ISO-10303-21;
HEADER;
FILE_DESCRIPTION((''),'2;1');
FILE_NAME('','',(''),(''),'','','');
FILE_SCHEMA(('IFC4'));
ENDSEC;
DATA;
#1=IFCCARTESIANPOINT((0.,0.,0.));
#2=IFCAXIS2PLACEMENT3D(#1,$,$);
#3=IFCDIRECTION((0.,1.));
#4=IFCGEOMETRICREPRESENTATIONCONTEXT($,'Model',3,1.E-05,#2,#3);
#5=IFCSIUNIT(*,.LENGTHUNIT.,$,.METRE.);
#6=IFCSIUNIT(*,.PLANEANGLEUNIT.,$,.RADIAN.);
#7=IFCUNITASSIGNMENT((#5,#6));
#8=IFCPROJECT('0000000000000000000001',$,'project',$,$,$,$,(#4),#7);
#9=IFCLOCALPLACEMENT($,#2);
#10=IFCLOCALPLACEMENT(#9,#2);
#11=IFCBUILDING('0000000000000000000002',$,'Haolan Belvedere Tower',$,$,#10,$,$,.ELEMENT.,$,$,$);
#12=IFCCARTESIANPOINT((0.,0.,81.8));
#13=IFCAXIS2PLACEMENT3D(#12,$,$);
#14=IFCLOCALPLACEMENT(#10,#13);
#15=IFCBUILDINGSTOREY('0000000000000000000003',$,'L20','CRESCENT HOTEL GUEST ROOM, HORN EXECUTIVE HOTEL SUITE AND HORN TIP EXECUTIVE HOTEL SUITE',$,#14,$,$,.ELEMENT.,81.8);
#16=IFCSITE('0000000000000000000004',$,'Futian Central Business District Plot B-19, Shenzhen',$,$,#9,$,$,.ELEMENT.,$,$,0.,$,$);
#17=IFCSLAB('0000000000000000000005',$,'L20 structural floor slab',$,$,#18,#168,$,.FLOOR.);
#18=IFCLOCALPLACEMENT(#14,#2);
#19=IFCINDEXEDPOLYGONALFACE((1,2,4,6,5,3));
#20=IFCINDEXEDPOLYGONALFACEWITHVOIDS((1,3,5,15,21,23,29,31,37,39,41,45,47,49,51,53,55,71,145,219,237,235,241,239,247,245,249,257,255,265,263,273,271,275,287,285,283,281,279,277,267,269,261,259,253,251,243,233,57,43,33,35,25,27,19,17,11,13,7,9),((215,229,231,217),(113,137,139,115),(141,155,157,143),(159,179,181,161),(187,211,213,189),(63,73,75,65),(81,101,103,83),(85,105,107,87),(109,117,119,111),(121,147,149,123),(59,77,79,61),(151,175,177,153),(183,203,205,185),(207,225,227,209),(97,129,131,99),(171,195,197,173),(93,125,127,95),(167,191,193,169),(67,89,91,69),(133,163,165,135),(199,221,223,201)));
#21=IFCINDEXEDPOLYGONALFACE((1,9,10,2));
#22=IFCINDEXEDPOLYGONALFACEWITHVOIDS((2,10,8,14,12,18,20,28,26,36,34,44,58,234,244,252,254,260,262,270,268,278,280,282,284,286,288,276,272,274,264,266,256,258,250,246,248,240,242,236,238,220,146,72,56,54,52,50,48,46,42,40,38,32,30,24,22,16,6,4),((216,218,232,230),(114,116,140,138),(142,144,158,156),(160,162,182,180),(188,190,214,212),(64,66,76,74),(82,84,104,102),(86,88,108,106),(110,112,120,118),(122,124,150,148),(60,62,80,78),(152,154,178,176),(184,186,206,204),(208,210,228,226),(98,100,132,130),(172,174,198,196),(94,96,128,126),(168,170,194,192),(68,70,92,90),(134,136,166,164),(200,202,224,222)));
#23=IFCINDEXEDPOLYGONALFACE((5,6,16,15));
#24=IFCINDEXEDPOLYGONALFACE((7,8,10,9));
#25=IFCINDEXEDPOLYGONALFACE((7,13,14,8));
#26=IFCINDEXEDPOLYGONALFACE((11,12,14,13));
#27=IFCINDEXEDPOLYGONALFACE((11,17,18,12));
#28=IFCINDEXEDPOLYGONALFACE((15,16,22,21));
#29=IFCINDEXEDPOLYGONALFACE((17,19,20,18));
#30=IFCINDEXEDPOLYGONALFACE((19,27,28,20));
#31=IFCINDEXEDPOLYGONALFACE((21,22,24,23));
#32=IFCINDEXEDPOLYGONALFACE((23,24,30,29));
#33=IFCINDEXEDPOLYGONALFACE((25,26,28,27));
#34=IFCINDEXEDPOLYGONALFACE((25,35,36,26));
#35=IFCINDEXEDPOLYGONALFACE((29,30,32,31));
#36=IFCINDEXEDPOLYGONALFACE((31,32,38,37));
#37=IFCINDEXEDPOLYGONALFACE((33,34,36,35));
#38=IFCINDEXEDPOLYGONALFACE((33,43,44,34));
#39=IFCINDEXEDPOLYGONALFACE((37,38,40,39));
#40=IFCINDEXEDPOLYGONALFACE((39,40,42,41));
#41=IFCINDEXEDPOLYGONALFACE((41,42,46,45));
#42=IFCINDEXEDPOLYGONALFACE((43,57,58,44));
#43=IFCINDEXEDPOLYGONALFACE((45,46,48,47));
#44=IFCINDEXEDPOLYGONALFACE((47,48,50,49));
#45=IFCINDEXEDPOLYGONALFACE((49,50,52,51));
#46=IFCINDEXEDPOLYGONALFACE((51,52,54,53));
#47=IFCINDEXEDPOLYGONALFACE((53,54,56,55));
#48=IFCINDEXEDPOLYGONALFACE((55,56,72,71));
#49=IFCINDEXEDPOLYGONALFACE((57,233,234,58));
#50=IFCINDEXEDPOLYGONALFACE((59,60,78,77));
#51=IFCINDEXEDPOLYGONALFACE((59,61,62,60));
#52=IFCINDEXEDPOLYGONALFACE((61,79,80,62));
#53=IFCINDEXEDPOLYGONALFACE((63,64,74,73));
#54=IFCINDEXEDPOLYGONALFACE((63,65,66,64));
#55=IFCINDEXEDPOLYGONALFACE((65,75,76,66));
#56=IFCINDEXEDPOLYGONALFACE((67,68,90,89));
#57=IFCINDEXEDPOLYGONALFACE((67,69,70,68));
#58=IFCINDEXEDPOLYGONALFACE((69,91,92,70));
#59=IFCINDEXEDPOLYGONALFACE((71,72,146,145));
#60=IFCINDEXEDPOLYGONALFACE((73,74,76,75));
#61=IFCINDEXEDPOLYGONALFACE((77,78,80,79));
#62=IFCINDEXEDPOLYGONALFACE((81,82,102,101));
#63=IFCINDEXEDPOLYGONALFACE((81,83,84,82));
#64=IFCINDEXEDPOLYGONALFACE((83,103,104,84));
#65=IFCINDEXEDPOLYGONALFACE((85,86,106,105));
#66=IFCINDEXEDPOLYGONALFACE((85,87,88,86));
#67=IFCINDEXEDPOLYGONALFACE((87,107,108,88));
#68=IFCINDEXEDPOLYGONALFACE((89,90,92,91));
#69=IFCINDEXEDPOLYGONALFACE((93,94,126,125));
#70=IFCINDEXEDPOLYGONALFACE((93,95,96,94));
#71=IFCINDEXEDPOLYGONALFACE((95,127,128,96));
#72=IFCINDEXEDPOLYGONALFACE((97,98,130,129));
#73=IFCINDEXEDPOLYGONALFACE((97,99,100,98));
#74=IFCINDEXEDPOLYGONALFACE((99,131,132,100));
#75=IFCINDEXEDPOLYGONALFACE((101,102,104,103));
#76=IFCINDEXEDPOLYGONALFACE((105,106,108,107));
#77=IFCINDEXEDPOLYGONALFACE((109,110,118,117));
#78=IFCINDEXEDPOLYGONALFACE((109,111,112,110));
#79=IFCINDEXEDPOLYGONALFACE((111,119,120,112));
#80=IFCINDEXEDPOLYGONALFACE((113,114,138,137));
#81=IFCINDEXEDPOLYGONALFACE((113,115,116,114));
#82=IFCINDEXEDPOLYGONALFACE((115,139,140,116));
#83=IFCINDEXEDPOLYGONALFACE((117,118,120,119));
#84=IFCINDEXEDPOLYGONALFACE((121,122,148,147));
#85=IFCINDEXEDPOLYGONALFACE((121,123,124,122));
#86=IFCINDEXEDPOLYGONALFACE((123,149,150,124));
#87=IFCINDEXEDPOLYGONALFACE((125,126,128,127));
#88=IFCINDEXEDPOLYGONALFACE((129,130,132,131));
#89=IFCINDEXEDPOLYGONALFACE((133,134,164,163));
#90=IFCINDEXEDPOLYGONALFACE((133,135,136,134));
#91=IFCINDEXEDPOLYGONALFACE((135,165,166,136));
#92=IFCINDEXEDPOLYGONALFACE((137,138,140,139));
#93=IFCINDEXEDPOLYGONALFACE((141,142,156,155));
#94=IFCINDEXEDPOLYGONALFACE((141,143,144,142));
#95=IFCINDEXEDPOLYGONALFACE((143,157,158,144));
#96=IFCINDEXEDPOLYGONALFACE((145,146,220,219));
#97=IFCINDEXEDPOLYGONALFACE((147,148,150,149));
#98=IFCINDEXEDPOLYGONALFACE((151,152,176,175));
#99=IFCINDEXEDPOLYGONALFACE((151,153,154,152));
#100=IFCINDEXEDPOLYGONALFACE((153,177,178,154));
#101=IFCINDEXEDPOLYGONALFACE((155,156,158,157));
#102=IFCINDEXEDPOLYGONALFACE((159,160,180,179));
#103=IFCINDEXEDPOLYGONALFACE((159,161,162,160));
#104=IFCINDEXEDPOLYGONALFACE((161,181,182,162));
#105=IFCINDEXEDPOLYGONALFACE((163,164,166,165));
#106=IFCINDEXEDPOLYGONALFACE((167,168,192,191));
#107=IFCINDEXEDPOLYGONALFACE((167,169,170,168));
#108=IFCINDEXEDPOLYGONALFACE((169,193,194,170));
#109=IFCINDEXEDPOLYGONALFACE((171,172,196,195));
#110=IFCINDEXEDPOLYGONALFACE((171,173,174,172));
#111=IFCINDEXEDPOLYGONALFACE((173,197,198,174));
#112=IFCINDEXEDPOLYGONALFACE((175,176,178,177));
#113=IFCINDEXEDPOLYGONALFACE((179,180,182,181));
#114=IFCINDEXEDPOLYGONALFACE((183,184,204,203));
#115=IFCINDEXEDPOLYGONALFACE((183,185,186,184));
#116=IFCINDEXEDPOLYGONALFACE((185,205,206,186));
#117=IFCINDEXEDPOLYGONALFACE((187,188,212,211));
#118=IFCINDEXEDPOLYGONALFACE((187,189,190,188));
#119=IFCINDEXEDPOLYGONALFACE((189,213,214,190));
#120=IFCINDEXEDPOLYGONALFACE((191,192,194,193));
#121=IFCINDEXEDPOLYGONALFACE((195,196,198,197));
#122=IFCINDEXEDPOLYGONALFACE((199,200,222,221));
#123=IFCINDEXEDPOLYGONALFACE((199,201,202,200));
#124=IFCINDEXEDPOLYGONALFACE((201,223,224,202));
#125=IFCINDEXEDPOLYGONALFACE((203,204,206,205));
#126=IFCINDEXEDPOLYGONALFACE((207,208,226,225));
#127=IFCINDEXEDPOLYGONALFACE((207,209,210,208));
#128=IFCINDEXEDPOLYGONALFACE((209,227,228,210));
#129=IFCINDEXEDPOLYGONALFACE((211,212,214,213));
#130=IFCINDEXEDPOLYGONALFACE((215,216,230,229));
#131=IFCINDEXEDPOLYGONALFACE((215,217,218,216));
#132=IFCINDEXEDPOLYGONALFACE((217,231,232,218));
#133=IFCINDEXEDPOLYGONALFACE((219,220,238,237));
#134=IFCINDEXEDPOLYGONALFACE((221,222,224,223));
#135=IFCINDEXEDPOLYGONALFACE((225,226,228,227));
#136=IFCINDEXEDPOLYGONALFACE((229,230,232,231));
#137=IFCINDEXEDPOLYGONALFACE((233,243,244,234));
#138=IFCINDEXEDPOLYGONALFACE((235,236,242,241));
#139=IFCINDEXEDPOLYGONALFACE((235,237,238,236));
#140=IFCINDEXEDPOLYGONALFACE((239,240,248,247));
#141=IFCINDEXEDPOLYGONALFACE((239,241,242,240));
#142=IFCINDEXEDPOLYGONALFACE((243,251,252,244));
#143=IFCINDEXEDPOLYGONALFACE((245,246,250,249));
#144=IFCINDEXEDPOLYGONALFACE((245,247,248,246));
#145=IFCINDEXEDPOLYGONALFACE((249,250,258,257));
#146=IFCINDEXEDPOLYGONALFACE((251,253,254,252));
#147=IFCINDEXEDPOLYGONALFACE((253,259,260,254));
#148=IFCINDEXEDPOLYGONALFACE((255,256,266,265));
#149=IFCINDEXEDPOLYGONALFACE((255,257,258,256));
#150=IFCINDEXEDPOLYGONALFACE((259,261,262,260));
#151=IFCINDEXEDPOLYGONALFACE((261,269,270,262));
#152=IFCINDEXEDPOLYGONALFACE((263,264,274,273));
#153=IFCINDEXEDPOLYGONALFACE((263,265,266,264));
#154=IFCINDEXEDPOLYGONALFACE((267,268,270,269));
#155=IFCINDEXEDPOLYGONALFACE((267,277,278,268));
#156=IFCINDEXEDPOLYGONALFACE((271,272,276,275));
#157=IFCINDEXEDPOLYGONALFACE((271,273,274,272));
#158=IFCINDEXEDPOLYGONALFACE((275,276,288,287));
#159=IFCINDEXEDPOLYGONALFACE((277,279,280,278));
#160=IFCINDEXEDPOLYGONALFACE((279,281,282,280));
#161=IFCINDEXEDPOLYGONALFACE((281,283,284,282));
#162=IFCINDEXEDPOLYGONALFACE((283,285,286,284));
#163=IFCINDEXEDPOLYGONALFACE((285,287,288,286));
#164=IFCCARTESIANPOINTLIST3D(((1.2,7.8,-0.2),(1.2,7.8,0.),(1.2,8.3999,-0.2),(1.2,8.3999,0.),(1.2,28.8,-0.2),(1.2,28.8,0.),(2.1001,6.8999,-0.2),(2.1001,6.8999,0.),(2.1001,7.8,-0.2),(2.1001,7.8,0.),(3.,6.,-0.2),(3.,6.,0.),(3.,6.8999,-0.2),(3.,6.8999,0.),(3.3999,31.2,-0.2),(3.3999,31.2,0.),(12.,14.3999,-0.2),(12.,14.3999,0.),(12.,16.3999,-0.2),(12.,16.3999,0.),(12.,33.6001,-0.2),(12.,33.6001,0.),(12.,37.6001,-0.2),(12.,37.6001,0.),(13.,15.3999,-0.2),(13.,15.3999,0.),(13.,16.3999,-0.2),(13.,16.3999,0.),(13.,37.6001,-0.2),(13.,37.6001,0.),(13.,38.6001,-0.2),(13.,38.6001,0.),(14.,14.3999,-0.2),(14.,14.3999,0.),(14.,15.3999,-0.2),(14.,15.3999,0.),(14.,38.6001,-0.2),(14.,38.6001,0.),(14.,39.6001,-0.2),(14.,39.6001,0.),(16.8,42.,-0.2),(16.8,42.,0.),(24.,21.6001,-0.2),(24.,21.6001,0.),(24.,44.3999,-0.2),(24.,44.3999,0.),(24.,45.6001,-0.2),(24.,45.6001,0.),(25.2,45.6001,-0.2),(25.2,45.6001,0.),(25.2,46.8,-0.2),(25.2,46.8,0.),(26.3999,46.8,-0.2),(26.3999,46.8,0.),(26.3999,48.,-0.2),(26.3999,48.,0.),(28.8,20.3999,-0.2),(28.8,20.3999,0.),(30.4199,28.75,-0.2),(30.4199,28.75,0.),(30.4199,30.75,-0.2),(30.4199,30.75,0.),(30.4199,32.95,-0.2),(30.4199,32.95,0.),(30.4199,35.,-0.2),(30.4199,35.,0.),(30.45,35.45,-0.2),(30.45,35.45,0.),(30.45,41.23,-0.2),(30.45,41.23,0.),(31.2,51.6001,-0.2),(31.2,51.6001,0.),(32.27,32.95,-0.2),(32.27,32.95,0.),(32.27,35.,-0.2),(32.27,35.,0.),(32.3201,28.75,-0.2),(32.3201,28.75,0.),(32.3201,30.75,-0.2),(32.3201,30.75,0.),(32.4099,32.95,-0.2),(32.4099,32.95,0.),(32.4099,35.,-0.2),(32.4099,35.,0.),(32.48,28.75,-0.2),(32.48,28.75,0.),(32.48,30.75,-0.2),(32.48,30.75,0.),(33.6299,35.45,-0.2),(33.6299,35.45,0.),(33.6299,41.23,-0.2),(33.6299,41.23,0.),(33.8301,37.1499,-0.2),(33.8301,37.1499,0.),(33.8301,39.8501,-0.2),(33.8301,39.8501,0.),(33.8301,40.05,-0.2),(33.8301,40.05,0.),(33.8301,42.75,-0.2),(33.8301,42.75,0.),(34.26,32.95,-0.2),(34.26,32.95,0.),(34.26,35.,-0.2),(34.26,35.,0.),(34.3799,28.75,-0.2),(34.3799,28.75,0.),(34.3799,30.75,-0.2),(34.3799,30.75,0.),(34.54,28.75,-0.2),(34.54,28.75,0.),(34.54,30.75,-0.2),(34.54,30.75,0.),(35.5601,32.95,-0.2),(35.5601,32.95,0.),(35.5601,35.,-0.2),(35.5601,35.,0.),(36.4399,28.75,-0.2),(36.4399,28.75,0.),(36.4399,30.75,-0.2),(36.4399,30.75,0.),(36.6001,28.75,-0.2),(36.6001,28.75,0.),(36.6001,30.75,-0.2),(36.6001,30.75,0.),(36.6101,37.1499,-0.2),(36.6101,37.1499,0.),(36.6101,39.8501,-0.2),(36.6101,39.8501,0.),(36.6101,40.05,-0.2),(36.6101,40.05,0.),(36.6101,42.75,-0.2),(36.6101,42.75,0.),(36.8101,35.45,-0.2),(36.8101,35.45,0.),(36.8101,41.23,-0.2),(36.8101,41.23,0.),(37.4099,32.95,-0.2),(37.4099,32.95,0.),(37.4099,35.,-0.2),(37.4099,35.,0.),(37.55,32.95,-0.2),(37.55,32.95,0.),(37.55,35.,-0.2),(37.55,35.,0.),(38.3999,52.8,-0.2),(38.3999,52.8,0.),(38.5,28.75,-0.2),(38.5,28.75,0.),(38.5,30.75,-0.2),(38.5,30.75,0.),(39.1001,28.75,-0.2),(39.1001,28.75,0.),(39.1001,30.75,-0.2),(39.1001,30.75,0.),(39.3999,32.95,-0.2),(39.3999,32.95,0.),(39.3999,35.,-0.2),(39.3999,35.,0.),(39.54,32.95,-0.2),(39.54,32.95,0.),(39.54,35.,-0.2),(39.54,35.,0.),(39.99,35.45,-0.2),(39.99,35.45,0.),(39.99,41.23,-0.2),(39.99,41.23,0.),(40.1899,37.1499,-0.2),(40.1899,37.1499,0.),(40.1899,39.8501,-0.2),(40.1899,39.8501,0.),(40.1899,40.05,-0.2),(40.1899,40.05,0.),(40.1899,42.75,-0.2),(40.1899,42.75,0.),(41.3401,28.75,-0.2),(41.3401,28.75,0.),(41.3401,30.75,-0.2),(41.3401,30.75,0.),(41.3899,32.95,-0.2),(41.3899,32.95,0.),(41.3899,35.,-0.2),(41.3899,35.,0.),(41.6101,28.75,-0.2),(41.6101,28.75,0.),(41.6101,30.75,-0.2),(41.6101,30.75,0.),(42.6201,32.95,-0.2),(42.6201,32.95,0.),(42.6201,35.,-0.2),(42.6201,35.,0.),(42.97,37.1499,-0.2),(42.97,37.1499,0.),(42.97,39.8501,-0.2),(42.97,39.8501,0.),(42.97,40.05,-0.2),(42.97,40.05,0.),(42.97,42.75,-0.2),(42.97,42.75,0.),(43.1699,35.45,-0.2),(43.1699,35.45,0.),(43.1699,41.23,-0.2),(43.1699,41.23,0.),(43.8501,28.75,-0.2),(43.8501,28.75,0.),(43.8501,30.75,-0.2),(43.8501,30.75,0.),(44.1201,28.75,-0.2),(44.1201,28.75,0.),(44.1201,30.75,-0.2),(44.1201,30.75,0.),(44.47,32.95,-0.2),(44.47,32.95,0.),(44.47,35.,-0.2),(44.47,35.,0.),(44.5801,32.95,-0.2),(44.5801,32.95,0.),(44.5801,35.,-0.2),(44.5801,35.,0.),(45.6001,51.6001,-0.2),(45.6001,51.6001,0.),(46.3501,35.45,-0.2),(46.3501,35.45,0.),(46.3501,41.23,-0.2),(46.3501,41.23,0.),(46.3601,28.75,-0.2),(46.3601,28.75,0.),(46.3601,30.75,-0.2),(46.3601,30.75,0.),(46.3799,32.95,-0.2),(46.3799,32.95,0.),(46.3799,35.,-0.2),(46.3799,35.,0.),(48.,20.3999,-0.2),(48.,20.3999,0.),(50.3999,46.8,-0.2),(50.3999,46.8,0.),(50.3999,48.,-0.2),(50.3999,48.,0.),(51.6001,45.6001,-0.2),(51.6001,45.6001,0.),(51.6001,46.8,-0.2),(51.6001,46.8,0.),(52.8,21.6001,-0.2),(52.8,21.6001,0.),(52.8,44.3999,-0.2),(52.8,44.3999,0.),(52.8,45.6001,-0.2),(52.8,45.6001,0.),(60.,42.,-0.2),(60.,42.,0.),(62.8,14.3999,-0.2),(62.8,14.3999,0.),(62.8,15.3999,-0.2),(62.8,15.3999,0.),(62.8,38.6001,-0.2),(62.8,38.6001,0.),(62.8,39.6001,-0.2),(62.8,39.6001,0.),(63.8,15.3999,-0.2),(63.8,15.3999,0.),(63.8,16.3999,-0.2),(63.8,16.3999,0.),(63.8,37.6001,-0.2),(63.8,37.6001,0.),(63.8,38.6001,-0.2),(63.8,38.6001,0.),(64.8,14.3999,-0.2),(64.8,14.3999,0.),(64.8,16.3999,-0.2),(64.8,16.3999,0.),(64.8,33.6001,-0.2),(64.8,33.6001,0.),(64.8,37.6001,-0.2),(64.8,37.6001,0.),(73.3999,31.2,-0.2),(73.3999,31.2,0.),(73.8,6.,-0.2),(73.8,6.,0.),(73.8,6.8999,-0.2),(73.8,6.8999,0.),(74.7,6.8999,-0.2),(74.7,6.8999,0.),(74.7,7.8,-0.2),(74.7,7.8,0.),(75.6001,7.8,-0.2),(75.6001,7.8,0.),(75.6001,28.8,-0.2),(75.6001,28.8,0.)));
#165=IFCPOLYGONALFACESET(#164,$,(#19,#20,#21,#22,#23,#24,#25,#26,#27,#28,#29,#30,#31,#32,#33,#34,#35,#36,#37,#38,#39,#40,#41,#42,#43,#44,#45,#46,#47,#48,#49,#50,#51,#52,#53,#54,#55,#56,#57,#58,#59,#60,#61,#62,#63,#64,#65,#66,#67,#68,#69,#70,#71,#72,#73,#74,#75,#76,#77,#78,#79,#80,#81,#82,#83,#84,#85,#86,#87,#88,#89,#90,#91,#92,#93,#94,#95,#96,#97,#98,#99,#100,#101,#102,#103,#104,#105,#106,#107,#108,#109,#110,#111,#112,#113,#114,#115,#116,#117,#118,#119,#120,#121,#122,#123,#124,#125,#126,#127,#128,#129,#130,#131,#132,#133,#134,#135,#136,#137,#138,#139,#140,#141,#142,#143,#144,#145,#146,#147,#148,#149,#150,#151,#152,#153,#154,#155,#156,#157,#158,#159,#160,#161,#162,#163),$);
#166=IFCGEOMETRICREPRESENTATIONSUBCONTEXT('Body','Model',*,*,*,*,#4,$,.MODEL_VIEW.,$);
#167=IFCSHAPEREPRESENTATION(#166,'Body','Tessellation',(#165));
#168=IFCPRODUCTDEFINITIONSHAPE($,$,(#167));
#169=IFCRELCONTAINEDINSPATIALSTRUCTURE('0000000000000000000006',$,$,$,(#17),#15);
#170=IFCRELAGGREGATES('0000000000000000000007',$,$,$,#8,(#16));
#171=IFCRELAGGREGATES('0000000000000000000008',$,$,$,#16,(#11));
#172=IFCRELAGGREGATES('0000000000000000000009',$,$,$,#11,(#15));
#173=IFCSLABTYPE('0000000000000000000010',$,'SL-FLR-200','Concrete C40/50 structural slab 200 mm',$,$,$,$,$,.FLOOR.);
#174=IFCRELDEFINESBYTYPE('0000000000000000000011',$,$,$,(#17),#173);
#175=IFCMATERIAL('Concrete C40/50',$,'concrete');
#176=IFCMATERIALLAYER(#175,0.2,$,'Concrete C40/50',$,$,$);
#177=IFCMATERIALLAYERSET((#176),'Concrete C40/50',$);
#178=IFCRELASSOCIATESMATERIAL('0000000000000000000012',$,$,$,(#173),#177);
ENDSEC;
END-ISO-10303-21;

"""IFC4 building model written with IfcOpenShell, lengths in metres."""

from ifc_helpers import new_model, si_unit, direction, frame, origin, place, context, subcontext, project, spatial, polyline, outline, extrude, material, layer, layer_set, type_object, element, save


model = new_model("IFC4")

# Units and contexts
model_context = context("Model", 3, precision=1e-05, world=origin(), true_north=direction((0.0, 1.0)))
body_context = subcontext(model_context, "Body", "Model", "MODEL_VIEW")
ifc_project = project(units=[si_unit("LENGTHUNIT", "METRE"), si_unit("PLANEANGLEUNIT", "RADIAN")], contexts=[model_context])

# Site, building, storey
site_placement = place(None, origin())
site = spatial("IfcSite", under=ifc_project, at=site_placement, Name="Futian Central Business District Plot B-19, Shenzhen", CompositionType="ELEMENT", RefElevation=0.0)
building_placement = place(site_placement, origin())
building = spatial("IfcBuilding", under=site, at=building_placement, Name="Haolan Belvedere Tower", CompositionType="ELEMENT")
storey_placement = place(building_placement, frame((0.0, 0.0, 81.8)))
storey = spatial("IfcBuildingStorey", under=building, at=storey_placement, Name="L20", Description="CRESCENT HOTEL GUEST ROOM, HORN EXECUTIVE HOTEL SUITE AND HORN TIP EXECUTIVE HOTEL SUITE", CompositionType="ELEMENT", Elevation=81.8)

# Slab
ifc_material_1 = material(Name="Concrete C40/50", Category="concrete")
ifc_layer_1 = layer(ifc_material_1, 0.2, Name="Concrete C40/50")
ifc_layer_set_1 = layer_set([ifc_layer_1], Name="Concrete C40/50")
slab_type_1 = type_object("IfcSlabType", Name="SL-FLR-200", Description="Concrete C40/50 structural slab 200 mm", PredefinedType="FLOOR", material=ifc_layer_set_1)
slab_1_placement = place(storey_placement, frame((0.0, 0.0, -0.2)))
element("IfcSlab", 1, at=slab_1_placement, inside=storey, type_object=slab_type_1, Name="L20 structural floor slab", PredefinedType="FLOOR", context=body_context, shape_type="SweptSolid", body=[
    extrude(outline(polyline([(1.2, 28.8), (1.2, 8.3999), (1.2, 7.8), (2.1001, 7.8), (2.1001, 6.8999), (3.0, 6.8999), (3.0, 6.0), (12.0, 14.3999), (12.0, 16.3999), (13.0, 16.3999), (13.0, 15.3999), (14.0, 15.3999), (14.0, 14.3999), (24.0, 21.6001), (28.8, 20.3999), (48.0, 20.3999), (52.8, 21.6001), (62.8, 14.3999), (62.8, 15.3999), (63.8, 15.3999), (63.8, 16.3999), (64.8, 16.3999), (64.8, 14.3999), (73.8, 6.0), (73.8, 6.8999), (74.7, 6.8999), (74.7, 7.8), (75.6001, 7.8), (75.6001, 28.8), (73.3999, 31.2), (64.8, 33.6001), (64.8, 37.6001), (63.8, 37.6001), (63.8, 38.6001), (62.8, 38.6001), (62.8, 39.6001), (60.0, 42.0), (52.8, 44.3999), (52.8, 45.6001), (51.6001, 45.6001), (51.6001, 46.8), (50.3999, 46.8), (50.3999, 48.0), (45.6001, 51.6001), (38.3999, 52.8), (31.2, 51.6001), (26.3999, 48.0), (26.3999, 46.8), (25.2, 46.8), (25.2, 45.6001), (24.0, 45.6001), (24.0, 44.3999), (16.8, 42.0), (14.0, 39.6001), (14.0, 38.6001), (13.0, 38.6001), (13.0, 37.6001), (12.0, 37.6001), (12.0, 33.6001), (3.3999, 31.2), (1.2, 28.8)]), holes=[polyline([(30.45, 41.23), (30.45, 35.45), (33.6299, 35.45), (33.6299, 41.23), (30.45, 41.23)]), polyline([(36.8101, 41.23), (36.8101, 35.45), (39.99, 35.45), (39.99, 41.23), (36.8101, 41.23)]), polyline([(43.1699, 41.23), (43.1699, 35.45), (46.3501, 35.45), (46.3501, 41.23), (43.1699, 41.23)]), polyline([(33.8301, 40.05), (36.6101, 40.05), (36.6101, 42.75), (33.8301, 42.75), (33.8301, 40.05)]), polyline([(33.8301, 37.1499), (36.6101, 37.1499), (36.6101, 39.8501), (33.8301, 39.8501), (33.8301, 37.1499)]), polyline([(40.1899, 40.05), (42.97, 40.05), (42.97, 42.75), (40.1899, 42.75), (40.1899, 40.05)]), polyline([(40.1899, 37.1499), (42.97, 37.1499), (42.97, 39.8501), (40.1899, 39.8501), (40.1899, 37.1499)]), polyline([(30.4199, 32.95), (32.27, 32.95), (32.27, 35.0), (30.4199, 35.0), (30.4199, 32.95)]), polyline([(32.4099, 32.95), (34.26, 32.95), (34.26, 35.0), (32.4099, 35.0), (32.4099, 32.95)]), polyline([(35.5601, 32.95), (37.4099, 32.95), (37.4099, 35.0), (35.5601, 35.0), (35.5601, 32.95)]), polyline([(37.55, 32.95), (39.3999, 32.95), (39.3999, 35.0), (37.55, 35.0), (37.55, 32.95)]), polyline([(39.54, 32.95), (41.3899, 32.95), (41.3899, 35.0), (39.54, 35.0), (39.54, 32.95)]), polyline([(42.6201, 32.95), (44.47, 32.95), (44.47, 35.0), (42.6201, 35.0), (42.6201, 32.95)]), polyline([(44.5801, 32.95), (46.3799, 32.95), (46.3799, 35.0), (44.5801, 35.0), (44.5801, 32.95)]), polyline([(30.4199, 28.75), (32.3201, 28.75), (32.3201, 30.75), (30.4199, 30.75), (30.4199, 28.75)]), polyline([(32.48, 28.75), (34.3799, 28.75), (34.3799, 30.75), (32.48, 30.75), (32.48, 28.75)]), polyline([(34.54, 28.75), (36.4399, 28.75), (36.4399, 30.75), (34.54, 30.75), (34.54, 28.75)]), polyline([(36.6001, 28.75), (38.5, 28.75), (38.5, 30.75), (36.6001, 30.75), (36.6001, 28.75)]), polyline([(39.1001, 28.75), (41.3401, 28.75), (41.3401, 30.75), (39.1001, 30.75), (39.1001, 28.75)]), polyline([(41.6101, 28.75), (43.8501, 28.75), (43.8501, 30.75), (41.6101, 30.75), (41.6101, 28.75)]), polyline([(44.1201, 28.75), (46.3601, 28.75), (46.3601, 30.75), (44.1201, 30.75), (44.1201, 28.75)])]), origin(), (0.0, 0.0, 1.0), 0.2),
])

save(model, "model.ifc")
